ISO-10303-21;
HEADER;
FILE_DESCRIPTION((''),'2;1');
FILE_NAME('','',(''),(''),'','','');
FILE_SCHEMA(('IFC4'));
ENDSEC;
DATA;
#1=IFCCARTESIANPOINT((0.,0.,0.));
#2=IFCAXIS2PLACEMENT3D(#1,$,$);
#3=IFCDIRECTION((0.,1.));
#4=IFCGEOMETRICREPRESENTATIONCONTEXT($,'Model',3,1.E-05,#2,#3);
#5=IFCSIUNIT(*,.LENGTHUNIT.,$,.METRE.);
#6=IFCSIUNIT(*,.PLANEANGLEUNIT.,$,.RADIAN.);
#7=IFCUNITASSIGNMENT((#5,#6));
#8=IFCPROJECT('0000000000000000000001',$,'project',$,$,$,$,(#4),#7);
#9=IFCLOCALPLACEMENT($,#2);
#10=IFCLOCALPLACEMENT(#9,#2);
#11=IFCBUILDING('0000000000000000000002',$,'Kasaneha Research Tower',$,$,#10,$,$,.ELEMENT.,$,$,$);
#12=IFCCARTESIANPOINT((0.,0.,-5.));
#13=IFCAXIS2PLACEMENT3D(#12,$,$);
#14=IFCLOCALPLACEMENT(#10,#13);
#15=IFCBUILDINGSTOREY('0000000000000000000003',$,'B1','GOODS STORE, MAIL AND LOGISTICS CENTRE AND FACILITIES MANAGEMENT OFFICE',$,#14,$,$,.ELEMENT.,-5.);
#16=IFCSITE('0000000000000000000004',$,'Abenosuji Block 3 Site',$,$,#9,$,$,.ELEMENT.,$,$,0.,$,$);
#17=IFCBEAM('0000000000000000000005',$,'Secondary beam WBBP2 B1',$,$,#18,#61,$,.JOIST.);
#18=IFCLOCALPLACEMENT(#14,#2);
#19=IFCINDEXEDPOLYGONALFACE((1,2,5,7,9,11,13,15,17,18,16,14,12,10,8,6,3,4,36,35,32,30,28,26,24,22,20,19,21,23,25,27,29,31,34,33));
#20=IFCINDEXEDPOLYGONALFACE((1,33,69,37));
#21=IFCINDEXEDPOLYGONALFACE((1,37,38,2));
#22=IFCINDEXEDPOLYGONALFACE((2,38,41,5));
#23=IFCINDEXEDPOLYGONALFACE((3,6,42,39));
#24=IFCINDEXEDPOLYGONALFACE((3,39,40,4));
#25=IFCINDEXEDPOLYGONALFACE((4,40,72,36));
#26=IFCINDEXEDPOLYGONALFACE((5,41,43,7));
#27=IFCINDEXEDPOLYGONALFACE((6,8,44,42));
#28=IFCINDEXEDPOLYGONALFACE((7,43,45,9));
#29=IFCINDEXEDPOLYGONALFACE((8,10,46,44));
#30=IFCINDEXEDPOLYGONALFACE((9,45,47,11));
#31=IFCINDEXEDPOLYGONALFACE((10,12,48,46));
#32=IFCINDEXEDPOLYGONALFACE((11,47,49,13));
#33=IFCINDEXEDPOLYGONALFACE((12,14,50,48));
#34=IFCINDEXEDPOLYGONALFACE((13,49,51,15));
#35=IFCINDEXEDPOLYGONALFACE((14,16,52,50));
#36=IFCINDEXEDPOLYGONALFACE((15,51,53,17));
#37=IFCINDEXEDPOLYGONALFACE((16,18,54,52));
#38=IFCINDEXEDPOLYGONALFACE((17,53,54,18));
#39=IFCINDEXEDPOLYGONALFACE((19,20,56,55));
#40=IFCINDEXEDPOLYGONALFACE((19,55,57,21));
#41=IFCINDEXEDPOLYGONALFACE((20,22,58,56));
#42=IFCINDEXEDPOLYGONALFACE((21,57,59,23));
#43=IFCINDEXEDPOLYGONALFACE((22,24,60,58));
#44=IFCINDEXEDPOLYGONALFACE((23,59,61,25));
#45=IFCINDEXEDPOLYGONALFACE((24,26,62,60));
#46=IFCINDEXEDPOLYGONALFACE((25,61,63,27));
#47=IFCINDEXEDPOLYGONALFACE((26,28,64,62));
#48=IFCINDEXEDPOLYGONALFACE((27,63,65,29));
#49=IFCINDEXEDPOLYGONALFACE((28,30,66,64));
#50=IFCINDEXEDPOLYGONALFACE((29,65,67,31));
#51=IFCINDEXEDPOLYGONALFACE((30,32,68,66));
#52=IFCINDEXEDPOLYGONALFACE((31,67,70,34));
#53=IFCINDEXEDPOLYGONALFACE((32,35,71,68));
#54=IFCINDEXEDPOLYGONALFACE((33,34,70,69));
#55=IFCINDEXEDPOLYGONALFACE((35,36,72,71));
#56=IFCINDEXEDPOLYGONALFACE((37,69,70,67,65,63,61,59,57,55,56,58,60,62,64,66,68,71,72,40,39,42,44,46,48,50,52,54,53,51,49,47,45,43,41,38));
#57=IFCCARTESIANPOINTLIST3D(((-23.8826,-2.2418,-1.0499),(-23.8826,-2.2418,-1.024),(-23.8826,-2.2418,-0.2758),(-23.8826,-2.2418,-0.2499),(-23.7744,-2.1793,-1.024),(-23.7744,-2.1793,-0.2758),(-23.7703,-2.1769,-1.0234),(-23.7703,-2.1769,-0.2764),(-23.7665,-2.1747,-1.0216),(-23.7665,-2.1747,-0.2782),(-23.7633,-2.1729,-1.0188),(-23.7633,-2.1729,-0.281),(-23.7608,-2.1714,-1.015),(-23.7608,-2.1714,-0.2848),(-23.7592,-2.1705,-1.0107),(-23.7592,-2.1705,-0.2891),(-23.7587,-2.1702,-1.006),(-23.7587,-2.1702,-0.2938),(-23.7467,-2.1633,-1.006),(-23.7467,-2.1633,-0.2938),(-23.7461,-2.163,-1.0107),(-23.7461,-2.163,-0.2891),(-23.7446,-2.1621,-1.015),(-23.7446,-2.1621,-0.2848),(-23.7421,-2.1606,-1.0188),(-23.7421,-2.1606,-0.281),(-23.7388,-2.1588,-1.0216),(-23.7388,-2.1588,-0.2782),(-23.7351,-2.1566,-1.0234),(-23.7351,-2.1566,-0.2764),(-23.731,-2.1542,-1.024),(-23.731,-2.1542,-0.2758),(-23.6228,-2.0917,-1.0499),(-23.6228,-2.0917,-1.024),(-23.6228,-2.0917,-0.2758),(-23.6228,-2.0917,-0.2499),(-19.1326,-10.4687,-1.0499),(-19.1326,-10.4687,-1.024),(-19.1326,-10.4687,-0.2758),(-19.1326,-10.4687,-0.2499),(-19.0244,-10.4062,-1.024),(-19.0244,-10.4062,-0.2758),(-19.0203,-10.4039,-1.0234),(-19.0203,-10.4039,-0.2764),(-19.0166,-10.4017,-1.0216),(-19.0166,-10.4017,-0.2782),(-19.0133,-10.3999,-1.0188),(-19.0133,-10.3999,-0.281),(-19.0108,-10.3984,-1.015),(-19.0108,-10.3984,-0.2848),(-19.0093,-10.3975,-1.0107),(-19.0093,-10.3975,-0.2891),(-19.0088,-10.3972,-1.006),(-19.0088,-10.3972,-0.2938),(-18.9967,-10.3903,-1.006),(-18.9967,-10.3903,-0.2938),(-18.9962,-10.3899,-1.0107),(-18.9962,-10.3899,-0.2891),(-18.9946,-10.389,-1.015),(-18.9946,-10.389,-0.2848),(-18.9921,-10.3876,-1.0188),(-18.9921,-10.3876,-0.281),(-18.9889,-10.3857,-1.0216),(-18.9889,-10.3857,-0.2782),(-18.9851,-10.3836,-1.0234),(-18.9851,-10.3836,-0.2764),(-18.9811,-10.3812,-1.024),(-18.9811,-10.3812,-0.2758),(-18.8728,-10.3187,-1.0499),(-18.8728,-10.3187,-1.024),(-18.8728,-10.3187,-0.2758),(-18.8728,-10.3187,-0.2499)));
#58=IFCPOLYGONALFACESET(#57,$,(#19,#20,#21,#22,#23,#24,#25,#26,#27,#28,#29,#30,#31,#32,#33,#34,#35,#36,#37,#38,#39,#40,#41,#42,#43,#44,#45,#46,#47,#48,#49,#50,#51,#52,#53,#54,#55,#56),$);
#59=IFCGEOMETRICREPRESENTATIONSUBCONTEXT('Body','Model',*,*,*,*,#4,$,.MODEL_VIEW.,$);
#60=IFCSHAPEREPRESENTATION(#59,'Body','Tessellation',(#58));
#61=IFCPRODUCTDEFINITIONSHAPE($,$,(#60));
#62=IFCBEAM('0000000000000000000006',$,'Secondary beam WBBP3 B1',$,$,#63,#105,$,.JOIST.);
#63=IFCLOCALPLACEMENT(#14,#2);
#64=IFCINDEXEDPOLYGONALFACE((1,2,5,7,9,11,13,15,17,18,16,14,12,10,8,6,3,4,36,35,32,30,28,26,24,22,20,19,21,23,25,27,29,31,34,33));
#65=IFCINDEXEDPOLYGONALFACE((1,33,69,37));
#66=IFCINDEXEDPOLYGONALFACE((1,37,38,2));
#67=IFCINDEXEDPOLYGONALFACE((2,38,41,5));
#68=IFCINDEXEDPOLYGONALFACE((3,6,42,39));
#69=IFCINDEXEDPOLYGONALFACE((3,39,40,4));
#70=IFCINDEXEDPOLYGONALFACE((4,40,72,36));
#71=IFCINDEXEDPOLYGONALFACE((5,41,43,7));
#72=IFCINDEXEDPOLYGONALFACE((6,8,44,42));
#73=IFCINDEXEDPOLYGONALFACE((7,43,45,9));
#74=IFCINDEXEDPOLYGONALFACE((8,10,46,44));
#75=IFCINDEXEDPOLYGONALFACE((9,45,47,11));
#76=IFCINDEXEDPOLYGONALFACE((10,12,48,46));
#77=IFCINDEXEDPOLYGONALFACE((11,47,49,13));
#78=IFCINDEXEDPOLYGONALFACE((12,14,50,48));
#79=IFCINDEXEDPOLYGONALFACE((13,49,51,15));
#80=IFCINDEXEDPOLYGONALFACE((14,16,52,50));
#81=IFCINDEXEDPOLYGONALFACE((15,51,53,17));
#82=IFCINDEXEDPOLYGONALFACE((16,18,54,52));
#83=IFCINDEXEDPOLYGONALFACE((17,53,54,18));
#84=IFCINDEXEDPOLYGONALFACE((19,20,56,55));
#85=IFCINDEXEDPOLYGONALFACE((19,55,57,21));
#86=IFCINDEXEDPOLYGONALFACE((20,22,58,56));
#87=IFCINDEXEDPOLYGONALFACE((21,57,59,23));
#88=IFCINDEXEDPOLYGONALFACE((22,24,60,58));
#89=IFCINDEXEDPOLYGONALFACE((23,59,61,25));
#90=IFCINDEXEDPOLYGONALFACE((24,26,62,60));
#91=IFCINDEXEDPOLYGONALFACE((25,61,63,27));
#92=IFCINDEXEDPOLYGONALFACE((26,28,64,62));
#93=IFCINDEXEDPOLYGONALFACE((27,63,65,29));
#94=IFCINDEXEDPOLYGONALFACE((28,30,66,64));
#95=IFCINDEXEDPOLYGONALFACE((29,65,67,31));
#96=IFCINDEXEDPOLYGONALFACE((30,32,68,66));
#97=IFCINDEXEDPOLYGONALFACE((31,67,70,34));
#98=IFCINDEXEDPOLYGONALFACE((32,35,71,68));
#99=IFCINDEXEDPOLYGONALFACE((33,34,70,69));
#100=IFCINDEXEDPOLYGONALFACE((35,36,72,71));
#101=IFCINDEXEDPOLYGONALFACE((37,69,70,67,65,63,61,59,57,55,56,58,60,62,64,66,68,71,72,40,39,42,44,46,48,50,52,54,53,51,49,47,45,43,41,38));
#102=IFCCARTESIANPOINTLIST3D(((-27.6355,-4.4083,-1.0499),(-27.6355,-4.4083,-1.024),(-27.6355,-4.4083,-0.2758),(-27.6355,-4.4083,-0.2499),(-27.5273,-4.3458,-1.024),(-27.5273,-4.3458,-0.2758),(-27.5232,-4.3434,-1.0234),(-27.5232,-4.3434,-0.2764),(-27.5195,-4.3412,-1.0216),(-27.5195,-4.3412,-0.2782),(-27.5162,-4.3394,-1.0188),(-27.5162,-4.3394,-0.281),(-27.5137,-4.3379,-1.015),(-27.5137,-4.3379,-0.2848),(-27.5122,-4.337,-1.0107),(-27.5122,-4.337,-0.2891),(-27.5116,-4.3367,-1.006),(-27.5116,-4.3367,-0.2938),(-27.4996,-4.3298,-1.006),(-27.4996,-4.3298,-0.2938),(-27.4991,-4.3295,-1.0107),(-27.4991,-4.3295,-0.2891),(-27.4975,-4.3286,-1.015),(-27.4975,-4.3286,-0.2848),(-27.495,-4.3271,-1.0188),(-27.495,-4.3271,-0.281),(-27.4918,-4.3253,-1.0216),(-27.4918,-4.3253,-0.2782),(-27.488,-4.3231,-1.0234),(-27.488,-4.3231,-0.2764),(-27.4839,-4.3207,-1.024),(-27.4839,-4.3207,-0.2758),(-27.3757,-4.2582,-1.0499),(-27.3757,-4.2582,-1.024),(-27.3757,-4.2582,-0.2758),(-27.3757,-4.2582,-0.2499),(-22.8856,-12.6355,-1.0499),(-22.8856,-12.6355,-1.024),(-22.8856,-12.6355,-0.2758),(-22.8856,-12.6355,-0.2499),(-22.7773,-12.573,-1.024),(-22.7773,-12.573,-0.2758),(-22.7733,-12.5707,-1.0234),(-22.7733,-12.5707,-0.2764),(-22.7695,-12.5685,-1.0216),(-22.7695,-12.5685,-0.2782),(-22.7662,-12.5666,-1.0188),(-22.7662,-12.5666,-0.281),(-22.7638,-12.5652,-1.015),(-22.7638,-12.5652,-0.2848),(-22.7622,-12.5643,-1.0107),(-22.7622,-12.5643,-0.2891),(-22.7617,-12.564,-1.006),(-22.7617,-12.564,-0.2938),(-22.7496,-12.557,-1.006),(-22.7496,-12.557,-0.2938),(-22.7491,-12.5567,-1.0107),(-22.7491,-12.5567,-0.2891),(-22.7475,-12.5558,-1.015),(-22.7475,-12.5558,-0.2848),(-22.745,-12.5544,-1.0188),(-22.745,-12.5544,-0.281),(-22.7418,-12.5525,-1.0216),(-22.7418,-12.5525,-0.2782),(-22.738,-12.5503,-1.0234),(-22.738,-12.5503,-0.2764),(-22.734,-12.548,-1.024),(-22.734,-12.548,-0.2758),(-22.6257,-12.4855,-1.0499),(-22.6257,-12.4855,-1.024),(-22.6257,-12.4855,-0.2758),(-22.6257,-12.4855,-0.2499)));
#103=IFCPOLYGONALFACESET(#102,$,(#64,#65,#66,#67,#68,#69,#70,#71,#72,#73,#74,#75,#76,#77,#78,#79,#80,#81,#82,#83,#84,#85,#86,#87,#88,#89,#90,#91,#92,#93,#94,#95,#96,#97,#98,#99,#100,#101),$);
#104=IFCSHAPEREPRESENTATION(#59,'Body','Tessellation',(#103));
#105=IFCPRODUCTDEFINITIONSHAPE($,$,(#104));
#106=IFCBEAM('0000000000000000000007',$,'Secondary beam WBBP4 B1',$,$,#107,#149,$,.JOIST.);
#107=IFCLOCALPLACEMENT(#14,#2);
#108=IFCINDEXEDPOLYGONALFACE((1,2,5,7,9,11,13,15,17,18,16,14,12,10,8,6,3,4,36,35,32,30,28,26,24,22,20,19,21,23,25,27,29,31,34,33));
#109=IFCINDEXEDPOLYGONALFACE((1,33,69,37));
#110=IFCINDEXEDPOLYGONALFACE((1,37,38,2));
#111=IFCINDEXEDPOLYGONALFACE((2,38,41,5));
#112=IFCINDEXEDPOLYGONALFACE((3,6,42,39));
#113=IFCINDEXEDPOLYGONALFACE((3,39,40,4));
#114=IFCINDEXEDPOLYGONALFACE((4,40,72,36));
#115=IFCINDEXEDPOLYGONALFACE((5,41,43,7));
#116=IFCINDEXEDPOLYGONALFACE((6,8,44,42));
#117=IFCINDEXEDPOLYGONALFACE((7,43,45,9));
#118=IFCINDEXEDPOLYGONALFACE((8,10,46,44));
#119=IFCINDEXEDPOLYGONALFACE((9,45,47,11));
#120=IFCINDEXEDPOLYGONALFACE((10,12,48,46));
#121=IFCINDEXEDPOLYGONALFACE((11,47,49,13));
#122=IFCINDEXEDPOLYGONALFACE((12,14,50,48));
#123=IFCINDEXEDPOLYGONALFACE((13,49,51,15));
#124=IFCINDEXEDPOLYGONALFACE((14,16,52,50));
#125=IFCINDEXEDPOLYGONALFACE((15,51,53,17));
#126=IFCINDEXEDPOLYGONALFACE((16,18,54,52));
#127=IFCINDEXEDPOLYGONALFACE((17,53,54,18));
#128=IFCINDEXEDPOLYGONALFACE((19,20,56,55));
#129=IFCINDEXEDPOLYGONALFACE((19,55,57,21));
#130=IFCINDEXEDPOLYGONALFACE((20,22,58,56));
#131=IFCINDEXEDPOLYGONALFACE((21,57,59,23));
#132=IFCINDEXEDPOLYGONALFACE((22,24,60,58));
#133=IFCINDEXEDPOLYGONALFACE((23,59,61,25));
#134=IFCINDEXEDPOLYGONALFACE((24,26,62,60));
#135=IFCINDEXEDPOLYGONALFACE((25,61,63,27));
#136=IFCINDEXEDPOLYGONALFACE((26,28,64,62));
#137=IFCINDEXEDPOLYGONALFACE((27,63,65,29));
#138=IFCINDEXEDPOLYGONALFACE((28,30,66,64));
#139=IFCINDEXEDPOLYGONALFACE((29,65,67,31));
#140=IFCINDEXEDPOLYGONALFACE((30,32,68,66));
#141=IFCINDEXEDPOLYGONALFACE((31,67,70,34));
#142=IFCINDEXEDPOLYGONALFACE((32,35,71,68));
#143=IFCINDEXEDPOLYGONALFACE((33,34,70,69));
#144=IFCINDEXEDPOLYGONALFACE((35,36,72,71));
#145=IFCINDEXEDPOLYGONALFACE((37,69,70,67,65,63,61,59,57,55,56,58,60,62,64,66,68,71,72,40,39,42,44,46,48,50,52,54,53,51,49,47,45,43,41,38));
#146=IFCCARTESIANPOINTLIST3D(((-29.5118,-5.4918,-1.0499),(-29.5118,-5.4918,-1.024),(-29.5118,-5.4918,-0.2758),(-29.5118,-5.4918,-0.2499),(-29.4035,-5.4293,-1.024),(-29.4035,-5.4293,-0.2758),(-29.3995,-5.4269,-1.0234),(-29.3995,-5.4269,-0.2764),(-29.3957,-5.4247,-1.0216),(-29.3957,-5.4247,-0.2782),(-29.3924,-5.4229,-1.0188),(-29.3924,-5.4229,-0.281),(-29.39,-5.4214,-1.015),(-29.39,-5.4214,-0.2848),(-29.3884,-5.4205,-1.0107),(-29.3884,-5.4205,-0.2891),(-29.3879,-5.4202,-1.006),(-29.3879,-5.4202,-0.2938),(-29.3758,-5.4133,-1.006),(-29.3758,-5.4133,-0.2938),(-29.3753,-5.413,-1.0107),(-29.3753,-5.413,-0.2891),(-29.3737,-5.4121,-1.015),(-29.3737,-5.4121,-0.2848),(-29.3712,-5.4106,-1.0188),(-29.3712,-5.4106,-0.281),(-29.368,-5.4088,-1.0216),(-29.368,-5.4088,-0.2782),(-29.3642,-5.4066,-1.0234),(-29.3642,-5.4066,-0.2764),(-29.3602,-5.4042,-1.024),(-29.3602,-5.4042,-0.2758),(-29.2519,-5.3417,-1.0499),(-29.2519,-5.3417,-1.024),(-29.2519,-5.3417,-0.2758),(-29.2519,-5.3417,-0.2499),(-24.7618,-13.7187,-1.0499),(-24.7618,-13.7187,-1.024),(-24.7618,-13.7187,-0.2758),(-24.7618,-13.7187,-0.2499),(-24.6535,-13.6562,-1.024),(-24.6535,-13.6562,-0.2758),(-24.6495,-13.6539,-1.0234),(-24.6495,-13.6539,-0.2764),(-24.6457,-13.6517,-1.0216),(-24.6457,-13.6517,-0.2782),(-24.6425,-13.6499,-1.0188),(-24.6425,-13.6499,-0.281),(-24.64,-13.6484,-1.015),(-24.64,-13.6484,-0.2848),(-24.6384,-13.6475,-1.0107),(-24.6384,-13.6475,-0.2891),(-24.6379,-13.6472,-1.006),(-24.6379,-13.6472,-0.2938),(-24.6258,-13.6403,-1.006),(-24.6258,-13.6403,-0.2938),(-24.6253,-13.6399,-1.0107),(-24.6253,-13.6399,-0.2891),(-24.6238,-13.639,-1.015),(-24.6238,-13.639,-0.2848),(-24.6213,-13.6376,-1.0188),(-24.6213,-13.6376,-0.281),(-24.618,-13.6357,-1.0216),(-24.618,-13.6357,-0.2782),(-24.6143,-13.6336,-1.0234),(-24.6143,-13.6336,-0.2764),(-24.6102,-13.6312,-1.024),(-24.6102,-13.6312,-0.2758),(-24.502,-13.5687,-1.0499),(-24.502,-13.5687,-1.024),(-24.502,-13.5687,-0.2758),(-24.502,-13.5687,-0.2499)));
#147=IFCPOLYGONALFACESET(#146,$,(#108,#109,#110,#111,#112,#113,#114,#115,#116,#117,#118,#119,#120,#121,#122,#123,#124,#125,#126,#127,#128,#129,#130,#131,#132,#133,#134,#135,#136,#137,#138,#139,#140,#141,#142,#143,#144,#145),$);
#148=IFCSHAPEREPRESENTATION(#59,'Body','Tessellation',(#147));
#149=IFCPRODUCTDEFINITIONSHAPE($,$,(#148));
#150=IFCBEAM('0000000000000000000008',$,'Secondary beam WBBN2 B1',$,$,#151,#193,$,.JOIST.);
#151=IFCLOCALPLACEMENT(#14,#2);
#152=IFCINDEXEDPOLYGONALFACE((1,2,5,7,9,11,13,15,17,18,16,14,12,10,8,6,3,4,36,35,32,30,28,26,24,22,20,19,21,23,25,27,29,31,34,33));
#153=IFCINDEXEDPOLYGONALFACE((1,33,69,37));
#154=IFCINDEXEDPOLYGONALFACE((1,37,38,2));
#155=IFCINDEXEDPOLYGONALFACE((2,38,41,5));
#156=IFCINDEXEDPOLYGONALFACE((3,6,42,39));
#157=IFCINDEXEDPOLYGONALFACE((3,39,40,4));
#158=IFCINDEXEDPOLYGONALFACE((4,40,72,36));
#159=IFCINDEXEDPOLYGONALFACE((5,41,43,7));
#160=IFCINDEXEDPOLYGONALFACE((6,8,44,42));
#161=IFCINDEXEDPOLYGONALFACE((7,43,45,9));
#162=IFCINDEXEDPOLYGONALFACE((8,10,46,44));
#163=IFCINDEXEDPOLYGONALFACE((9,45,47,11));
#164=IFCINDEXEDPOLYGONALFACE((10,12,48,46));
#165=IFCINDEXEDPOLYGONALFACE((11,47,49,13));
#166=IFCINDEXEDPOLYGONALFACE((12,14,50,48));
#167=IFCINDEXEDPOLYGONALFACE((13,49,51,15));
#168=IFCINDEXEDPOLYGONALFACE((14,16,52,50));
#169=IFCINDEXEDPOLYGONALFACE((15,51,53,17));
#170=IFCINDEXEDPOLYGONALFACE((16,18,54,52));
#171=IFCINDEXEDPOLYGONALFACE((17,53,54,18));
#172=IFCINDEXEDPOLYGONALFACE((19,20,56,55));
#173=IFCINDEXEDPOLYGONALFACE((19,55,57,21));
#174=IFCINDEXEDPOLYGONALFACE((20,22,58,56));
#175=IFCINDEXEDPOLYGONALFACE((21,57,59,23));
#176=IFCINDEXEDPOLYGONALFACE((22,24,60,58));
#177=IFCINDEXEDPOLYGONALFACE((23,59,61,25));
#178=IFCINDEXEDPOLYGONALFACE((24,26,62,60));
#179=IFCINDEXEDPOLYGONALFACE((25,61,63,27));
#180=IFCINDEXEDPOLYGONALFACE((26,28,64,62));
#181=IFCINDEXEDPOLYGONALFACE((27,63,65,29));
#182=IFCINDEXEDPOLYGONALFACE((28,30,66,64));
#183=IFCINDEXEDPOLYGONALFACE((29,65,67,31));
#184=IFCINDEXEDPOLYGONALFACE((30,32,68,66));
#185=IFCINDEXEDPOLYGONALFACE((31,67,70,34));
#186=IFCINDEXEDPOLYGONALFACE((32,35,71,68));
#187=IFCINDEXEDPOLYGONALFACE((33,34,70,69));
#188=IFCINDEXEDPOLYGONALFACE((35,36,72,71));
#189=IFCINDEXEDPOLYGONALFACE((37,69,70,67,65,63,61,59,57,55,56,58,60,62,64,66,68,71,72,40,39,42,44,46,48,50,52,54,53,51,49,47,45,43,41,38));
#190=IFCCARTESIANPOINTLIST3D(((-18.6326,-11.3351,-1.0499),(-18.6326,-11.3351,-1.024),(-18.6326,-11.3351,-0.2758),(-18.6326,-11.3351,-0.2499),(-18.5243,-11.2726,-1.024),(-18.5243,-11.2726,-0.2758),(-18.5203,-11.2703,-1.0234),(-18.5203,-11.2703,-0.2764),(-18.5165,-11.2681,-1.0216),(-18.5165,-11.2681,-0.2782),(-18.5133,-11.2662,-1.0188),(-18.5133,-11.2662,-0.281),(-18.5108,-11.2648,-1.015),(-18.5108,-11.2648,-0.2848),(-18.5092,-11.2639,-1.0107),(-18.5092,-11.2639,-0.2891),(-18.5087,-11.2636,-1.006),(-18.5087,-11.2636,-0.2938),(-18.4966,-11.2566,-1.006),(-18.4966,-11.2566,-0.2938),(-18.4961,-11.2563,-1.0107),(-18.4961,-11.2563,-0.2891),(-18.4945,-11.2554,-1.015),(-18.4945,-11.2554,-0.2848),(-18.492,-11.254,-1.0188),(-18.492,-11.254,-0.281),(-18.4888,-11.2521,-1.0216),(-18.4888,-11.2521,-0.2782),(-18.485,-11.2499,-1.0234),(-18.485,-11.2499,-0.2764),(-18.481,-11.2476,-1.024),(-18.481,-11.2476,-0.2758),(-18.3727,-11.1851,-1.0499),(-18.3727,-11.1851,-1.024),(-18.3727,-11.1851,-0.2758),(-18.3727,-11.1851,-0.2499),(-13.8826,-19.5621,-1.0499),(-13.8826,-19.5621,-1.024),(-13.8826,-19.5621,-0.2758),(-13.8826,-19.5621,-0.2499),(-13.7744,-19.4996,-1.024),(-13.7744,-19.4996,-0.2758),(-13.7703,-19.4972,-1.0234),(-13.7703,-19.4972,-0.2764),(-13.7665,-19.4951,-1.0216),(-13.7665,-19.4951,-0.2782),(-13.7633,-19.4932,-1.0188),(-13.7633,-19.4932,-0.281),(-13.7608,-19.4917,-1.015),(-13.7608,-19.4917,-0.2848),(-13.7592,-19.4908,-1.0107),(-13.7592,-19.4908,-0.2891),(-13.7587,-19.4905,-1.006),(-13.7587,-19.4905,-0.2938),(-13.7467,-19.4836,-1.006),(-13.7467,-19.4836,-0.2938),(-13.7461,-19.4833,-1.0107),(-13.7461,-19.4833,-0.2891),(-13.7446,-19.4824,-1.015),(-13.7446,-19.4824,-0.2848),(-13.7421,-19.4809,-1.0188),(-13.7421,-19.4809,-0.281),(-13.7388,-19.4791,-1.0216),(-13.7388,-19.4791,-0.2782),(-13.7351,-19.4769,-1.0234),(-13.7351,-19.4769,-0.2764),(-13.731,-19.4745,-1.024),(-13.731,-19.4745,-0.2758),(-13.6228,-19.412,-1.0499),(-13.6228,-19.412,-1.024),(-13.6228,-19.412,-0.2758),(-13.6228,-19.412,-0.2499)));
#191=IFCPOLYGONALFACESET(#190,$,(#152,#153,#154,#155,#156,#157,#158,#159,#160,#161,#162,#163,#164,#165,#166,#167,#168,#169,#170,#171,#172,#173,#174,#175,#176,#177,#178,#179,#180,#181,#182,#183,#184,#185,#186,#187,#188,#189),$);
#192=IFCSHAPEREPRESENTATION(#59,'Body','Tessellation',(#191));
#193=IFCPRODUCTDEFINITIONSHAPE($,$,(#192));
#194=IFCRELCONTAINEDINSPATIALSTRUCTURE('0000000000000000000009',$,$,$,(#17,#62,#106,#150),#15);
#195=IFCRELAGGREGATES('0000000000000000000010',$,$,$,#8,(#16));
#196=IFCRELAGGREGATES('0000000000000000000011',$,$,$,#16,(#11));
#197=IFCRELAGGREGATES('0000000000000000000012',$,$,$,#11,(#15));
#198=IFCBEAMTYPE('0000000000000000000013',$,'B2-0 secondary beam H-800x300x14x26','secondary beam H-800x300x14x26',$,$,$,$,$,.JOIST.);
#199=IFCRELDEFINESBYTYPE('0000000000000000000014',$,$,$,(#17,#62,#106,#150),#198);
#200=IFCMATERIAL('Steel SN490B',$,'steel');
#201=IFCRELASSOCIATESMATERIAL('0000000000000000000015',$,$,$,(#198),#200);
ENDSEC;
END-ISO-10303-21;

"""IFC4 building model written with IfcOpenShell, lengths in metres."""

from ifc_helpers import new_model, si_unit, direction, frame, origin, origin_2d, place, context, subcontext, project, spatial, i_section, extrude, material, material_profile, profile_set, type_object, element, save


model = new_model("IFC4")

# Units and contexts
model_context = context("Model", 3, precision=1e-05, world=origin(), true_north=direction((0.0, 1.0)))
body_context = subcontext(model_context, "Body", "Model", "MODEL_VIEW")
ifc_project = project(units=[si_unit("LENGTHUNIT", "METRE"), si_unit("PLANEANGLEUNIT", "RADIAN")], contexts=[model_context])

# Site, building, storey
site_placement = place(None, origin())
site = spatial("IfcSite", under=ifc_project, at=site_placement, Name="Abenosuji Block 3 Site", CompositionType="ELEMENT", RefElevation=0.0)
building_placement = place(site_placement, origin())
building = spatial("IfcBuilding", under=site, at=building_placement, Name="Kasaneha Research Tower", CompositionType="ELEMENT")
storey_placement = place(building_placement, frame((0.0, 0.0, -5.0)))
storey = spatial("IfcBuildingStorey", under=building, at=storey_placement, Name="B1", Description="GOODS STORE, MAIL AND LOGISTICS CENTRE AND FACILITIES MANAGEMENT OFFICE", CompositionType="ELEMENT", Elevation=-5.0)

# Beams
ifc_material_1 = material(Name="Steel SN490B", Category="steel")
ifc_material_profile_1 = material_profile(ifc_material_1, i_section(OverallWidth=0.3, OverallDepth=0.8, WebThickness=0.0139, FlangeThickness=0.0259, FilletRadius=0.0181, at=origin_2d()), Name="H-800x300x14x26")
ifc_profile_set_1 = profile_set([ifc_material_profile_1], Name="Steel SN490B")
beam_type_1 = type_object("IfcBeamType", Name="B2-0 secondary beam H-800x300x14x26", Description="secondary beam H-800x300x14x26", PredefinedType="JOIST", material=ifc_profile_set_1)
beam_1_placement = place(storey_placement, frame((-23.7527, -2.1667, -0.6499), z_axis=(0.500009, -0.86602, 0.0), x_axis=(0.86602, 0.500009, 0.0)))
element("IfcBeam", 1, at=beam_1_placement, inside=storey, type_object=beam_type_1, Name="Secondary beam WBBP2 B1", PredefinedType="JOIST", context=body_context, shape_type="SweptSolid", body=[
    extrude(i_section(OverallWidth=0.3, OverallDepth=0.8, WebThickness=0.0139, FlangeThickness=0.0259, FilletRadius=0.0181, at=origin_2d()), origin(), (0.0, 0.0, 1.0), 9.4998),
])
beam_2_placement = place(storey_placement, frame((-27.5056, -4.3333, -0.6499), z_axis=(0.499998, -0.866027, 0.0), x_axis=(0.866027, 0.499998, 0.0)))
element("IfcBeam", 2, at=beam_2_placement, inside=storey, type_object=beam_type_1, Name="Secondary beam WBBP3 B1", PredefinedType="JOIST", context=body_context, shape_type="SweptSolid", body=[
    extrude(i_section(OverallWidth=0.3, OverallDepth=0.8, WebThickness=0.0139, FlangeThickness=0.0259, FilletRadius=0.0181, at=origin_2d()), origin(), (0.0, 0.0, 1.0), 9.5),
])
for number, where, z_axis, x_axis, name in (
    (3, (-29.3818, -5.4167, -0.6499), (0.500009, -0.86602, 0.0), (0.86602, 0.500009, 0.0), "Secondary beam WBBP4 B1"),
    (4, (-13.7527, -19.4871, -0.6499), (-0.500009, 0.86602, 0.0), (-0.86602, -0.500009, 0.0), "Secondary beam WBBN2 B1"),
):
    element("IfcBeam", number, at=place(storey_placement, frame(where, z_axis=z_axis, x_axis=x_axis)), inside=storey, type_object=beam_type_1, Name=name, PredefinedType="JOIST", context=body_context, shape_type="SweptSolid", body=[
        extrude(i_section(OverallWidth=0.3, OverallDepth=0.8, WebThickness=0.0139, FlangeThickness=0.0259, FilletRadius=0.0181, at=origin_2d()), origin(), (0.0, 0.0, 1.0), 9.4998),
    ])

save(model, "model.ifc")
